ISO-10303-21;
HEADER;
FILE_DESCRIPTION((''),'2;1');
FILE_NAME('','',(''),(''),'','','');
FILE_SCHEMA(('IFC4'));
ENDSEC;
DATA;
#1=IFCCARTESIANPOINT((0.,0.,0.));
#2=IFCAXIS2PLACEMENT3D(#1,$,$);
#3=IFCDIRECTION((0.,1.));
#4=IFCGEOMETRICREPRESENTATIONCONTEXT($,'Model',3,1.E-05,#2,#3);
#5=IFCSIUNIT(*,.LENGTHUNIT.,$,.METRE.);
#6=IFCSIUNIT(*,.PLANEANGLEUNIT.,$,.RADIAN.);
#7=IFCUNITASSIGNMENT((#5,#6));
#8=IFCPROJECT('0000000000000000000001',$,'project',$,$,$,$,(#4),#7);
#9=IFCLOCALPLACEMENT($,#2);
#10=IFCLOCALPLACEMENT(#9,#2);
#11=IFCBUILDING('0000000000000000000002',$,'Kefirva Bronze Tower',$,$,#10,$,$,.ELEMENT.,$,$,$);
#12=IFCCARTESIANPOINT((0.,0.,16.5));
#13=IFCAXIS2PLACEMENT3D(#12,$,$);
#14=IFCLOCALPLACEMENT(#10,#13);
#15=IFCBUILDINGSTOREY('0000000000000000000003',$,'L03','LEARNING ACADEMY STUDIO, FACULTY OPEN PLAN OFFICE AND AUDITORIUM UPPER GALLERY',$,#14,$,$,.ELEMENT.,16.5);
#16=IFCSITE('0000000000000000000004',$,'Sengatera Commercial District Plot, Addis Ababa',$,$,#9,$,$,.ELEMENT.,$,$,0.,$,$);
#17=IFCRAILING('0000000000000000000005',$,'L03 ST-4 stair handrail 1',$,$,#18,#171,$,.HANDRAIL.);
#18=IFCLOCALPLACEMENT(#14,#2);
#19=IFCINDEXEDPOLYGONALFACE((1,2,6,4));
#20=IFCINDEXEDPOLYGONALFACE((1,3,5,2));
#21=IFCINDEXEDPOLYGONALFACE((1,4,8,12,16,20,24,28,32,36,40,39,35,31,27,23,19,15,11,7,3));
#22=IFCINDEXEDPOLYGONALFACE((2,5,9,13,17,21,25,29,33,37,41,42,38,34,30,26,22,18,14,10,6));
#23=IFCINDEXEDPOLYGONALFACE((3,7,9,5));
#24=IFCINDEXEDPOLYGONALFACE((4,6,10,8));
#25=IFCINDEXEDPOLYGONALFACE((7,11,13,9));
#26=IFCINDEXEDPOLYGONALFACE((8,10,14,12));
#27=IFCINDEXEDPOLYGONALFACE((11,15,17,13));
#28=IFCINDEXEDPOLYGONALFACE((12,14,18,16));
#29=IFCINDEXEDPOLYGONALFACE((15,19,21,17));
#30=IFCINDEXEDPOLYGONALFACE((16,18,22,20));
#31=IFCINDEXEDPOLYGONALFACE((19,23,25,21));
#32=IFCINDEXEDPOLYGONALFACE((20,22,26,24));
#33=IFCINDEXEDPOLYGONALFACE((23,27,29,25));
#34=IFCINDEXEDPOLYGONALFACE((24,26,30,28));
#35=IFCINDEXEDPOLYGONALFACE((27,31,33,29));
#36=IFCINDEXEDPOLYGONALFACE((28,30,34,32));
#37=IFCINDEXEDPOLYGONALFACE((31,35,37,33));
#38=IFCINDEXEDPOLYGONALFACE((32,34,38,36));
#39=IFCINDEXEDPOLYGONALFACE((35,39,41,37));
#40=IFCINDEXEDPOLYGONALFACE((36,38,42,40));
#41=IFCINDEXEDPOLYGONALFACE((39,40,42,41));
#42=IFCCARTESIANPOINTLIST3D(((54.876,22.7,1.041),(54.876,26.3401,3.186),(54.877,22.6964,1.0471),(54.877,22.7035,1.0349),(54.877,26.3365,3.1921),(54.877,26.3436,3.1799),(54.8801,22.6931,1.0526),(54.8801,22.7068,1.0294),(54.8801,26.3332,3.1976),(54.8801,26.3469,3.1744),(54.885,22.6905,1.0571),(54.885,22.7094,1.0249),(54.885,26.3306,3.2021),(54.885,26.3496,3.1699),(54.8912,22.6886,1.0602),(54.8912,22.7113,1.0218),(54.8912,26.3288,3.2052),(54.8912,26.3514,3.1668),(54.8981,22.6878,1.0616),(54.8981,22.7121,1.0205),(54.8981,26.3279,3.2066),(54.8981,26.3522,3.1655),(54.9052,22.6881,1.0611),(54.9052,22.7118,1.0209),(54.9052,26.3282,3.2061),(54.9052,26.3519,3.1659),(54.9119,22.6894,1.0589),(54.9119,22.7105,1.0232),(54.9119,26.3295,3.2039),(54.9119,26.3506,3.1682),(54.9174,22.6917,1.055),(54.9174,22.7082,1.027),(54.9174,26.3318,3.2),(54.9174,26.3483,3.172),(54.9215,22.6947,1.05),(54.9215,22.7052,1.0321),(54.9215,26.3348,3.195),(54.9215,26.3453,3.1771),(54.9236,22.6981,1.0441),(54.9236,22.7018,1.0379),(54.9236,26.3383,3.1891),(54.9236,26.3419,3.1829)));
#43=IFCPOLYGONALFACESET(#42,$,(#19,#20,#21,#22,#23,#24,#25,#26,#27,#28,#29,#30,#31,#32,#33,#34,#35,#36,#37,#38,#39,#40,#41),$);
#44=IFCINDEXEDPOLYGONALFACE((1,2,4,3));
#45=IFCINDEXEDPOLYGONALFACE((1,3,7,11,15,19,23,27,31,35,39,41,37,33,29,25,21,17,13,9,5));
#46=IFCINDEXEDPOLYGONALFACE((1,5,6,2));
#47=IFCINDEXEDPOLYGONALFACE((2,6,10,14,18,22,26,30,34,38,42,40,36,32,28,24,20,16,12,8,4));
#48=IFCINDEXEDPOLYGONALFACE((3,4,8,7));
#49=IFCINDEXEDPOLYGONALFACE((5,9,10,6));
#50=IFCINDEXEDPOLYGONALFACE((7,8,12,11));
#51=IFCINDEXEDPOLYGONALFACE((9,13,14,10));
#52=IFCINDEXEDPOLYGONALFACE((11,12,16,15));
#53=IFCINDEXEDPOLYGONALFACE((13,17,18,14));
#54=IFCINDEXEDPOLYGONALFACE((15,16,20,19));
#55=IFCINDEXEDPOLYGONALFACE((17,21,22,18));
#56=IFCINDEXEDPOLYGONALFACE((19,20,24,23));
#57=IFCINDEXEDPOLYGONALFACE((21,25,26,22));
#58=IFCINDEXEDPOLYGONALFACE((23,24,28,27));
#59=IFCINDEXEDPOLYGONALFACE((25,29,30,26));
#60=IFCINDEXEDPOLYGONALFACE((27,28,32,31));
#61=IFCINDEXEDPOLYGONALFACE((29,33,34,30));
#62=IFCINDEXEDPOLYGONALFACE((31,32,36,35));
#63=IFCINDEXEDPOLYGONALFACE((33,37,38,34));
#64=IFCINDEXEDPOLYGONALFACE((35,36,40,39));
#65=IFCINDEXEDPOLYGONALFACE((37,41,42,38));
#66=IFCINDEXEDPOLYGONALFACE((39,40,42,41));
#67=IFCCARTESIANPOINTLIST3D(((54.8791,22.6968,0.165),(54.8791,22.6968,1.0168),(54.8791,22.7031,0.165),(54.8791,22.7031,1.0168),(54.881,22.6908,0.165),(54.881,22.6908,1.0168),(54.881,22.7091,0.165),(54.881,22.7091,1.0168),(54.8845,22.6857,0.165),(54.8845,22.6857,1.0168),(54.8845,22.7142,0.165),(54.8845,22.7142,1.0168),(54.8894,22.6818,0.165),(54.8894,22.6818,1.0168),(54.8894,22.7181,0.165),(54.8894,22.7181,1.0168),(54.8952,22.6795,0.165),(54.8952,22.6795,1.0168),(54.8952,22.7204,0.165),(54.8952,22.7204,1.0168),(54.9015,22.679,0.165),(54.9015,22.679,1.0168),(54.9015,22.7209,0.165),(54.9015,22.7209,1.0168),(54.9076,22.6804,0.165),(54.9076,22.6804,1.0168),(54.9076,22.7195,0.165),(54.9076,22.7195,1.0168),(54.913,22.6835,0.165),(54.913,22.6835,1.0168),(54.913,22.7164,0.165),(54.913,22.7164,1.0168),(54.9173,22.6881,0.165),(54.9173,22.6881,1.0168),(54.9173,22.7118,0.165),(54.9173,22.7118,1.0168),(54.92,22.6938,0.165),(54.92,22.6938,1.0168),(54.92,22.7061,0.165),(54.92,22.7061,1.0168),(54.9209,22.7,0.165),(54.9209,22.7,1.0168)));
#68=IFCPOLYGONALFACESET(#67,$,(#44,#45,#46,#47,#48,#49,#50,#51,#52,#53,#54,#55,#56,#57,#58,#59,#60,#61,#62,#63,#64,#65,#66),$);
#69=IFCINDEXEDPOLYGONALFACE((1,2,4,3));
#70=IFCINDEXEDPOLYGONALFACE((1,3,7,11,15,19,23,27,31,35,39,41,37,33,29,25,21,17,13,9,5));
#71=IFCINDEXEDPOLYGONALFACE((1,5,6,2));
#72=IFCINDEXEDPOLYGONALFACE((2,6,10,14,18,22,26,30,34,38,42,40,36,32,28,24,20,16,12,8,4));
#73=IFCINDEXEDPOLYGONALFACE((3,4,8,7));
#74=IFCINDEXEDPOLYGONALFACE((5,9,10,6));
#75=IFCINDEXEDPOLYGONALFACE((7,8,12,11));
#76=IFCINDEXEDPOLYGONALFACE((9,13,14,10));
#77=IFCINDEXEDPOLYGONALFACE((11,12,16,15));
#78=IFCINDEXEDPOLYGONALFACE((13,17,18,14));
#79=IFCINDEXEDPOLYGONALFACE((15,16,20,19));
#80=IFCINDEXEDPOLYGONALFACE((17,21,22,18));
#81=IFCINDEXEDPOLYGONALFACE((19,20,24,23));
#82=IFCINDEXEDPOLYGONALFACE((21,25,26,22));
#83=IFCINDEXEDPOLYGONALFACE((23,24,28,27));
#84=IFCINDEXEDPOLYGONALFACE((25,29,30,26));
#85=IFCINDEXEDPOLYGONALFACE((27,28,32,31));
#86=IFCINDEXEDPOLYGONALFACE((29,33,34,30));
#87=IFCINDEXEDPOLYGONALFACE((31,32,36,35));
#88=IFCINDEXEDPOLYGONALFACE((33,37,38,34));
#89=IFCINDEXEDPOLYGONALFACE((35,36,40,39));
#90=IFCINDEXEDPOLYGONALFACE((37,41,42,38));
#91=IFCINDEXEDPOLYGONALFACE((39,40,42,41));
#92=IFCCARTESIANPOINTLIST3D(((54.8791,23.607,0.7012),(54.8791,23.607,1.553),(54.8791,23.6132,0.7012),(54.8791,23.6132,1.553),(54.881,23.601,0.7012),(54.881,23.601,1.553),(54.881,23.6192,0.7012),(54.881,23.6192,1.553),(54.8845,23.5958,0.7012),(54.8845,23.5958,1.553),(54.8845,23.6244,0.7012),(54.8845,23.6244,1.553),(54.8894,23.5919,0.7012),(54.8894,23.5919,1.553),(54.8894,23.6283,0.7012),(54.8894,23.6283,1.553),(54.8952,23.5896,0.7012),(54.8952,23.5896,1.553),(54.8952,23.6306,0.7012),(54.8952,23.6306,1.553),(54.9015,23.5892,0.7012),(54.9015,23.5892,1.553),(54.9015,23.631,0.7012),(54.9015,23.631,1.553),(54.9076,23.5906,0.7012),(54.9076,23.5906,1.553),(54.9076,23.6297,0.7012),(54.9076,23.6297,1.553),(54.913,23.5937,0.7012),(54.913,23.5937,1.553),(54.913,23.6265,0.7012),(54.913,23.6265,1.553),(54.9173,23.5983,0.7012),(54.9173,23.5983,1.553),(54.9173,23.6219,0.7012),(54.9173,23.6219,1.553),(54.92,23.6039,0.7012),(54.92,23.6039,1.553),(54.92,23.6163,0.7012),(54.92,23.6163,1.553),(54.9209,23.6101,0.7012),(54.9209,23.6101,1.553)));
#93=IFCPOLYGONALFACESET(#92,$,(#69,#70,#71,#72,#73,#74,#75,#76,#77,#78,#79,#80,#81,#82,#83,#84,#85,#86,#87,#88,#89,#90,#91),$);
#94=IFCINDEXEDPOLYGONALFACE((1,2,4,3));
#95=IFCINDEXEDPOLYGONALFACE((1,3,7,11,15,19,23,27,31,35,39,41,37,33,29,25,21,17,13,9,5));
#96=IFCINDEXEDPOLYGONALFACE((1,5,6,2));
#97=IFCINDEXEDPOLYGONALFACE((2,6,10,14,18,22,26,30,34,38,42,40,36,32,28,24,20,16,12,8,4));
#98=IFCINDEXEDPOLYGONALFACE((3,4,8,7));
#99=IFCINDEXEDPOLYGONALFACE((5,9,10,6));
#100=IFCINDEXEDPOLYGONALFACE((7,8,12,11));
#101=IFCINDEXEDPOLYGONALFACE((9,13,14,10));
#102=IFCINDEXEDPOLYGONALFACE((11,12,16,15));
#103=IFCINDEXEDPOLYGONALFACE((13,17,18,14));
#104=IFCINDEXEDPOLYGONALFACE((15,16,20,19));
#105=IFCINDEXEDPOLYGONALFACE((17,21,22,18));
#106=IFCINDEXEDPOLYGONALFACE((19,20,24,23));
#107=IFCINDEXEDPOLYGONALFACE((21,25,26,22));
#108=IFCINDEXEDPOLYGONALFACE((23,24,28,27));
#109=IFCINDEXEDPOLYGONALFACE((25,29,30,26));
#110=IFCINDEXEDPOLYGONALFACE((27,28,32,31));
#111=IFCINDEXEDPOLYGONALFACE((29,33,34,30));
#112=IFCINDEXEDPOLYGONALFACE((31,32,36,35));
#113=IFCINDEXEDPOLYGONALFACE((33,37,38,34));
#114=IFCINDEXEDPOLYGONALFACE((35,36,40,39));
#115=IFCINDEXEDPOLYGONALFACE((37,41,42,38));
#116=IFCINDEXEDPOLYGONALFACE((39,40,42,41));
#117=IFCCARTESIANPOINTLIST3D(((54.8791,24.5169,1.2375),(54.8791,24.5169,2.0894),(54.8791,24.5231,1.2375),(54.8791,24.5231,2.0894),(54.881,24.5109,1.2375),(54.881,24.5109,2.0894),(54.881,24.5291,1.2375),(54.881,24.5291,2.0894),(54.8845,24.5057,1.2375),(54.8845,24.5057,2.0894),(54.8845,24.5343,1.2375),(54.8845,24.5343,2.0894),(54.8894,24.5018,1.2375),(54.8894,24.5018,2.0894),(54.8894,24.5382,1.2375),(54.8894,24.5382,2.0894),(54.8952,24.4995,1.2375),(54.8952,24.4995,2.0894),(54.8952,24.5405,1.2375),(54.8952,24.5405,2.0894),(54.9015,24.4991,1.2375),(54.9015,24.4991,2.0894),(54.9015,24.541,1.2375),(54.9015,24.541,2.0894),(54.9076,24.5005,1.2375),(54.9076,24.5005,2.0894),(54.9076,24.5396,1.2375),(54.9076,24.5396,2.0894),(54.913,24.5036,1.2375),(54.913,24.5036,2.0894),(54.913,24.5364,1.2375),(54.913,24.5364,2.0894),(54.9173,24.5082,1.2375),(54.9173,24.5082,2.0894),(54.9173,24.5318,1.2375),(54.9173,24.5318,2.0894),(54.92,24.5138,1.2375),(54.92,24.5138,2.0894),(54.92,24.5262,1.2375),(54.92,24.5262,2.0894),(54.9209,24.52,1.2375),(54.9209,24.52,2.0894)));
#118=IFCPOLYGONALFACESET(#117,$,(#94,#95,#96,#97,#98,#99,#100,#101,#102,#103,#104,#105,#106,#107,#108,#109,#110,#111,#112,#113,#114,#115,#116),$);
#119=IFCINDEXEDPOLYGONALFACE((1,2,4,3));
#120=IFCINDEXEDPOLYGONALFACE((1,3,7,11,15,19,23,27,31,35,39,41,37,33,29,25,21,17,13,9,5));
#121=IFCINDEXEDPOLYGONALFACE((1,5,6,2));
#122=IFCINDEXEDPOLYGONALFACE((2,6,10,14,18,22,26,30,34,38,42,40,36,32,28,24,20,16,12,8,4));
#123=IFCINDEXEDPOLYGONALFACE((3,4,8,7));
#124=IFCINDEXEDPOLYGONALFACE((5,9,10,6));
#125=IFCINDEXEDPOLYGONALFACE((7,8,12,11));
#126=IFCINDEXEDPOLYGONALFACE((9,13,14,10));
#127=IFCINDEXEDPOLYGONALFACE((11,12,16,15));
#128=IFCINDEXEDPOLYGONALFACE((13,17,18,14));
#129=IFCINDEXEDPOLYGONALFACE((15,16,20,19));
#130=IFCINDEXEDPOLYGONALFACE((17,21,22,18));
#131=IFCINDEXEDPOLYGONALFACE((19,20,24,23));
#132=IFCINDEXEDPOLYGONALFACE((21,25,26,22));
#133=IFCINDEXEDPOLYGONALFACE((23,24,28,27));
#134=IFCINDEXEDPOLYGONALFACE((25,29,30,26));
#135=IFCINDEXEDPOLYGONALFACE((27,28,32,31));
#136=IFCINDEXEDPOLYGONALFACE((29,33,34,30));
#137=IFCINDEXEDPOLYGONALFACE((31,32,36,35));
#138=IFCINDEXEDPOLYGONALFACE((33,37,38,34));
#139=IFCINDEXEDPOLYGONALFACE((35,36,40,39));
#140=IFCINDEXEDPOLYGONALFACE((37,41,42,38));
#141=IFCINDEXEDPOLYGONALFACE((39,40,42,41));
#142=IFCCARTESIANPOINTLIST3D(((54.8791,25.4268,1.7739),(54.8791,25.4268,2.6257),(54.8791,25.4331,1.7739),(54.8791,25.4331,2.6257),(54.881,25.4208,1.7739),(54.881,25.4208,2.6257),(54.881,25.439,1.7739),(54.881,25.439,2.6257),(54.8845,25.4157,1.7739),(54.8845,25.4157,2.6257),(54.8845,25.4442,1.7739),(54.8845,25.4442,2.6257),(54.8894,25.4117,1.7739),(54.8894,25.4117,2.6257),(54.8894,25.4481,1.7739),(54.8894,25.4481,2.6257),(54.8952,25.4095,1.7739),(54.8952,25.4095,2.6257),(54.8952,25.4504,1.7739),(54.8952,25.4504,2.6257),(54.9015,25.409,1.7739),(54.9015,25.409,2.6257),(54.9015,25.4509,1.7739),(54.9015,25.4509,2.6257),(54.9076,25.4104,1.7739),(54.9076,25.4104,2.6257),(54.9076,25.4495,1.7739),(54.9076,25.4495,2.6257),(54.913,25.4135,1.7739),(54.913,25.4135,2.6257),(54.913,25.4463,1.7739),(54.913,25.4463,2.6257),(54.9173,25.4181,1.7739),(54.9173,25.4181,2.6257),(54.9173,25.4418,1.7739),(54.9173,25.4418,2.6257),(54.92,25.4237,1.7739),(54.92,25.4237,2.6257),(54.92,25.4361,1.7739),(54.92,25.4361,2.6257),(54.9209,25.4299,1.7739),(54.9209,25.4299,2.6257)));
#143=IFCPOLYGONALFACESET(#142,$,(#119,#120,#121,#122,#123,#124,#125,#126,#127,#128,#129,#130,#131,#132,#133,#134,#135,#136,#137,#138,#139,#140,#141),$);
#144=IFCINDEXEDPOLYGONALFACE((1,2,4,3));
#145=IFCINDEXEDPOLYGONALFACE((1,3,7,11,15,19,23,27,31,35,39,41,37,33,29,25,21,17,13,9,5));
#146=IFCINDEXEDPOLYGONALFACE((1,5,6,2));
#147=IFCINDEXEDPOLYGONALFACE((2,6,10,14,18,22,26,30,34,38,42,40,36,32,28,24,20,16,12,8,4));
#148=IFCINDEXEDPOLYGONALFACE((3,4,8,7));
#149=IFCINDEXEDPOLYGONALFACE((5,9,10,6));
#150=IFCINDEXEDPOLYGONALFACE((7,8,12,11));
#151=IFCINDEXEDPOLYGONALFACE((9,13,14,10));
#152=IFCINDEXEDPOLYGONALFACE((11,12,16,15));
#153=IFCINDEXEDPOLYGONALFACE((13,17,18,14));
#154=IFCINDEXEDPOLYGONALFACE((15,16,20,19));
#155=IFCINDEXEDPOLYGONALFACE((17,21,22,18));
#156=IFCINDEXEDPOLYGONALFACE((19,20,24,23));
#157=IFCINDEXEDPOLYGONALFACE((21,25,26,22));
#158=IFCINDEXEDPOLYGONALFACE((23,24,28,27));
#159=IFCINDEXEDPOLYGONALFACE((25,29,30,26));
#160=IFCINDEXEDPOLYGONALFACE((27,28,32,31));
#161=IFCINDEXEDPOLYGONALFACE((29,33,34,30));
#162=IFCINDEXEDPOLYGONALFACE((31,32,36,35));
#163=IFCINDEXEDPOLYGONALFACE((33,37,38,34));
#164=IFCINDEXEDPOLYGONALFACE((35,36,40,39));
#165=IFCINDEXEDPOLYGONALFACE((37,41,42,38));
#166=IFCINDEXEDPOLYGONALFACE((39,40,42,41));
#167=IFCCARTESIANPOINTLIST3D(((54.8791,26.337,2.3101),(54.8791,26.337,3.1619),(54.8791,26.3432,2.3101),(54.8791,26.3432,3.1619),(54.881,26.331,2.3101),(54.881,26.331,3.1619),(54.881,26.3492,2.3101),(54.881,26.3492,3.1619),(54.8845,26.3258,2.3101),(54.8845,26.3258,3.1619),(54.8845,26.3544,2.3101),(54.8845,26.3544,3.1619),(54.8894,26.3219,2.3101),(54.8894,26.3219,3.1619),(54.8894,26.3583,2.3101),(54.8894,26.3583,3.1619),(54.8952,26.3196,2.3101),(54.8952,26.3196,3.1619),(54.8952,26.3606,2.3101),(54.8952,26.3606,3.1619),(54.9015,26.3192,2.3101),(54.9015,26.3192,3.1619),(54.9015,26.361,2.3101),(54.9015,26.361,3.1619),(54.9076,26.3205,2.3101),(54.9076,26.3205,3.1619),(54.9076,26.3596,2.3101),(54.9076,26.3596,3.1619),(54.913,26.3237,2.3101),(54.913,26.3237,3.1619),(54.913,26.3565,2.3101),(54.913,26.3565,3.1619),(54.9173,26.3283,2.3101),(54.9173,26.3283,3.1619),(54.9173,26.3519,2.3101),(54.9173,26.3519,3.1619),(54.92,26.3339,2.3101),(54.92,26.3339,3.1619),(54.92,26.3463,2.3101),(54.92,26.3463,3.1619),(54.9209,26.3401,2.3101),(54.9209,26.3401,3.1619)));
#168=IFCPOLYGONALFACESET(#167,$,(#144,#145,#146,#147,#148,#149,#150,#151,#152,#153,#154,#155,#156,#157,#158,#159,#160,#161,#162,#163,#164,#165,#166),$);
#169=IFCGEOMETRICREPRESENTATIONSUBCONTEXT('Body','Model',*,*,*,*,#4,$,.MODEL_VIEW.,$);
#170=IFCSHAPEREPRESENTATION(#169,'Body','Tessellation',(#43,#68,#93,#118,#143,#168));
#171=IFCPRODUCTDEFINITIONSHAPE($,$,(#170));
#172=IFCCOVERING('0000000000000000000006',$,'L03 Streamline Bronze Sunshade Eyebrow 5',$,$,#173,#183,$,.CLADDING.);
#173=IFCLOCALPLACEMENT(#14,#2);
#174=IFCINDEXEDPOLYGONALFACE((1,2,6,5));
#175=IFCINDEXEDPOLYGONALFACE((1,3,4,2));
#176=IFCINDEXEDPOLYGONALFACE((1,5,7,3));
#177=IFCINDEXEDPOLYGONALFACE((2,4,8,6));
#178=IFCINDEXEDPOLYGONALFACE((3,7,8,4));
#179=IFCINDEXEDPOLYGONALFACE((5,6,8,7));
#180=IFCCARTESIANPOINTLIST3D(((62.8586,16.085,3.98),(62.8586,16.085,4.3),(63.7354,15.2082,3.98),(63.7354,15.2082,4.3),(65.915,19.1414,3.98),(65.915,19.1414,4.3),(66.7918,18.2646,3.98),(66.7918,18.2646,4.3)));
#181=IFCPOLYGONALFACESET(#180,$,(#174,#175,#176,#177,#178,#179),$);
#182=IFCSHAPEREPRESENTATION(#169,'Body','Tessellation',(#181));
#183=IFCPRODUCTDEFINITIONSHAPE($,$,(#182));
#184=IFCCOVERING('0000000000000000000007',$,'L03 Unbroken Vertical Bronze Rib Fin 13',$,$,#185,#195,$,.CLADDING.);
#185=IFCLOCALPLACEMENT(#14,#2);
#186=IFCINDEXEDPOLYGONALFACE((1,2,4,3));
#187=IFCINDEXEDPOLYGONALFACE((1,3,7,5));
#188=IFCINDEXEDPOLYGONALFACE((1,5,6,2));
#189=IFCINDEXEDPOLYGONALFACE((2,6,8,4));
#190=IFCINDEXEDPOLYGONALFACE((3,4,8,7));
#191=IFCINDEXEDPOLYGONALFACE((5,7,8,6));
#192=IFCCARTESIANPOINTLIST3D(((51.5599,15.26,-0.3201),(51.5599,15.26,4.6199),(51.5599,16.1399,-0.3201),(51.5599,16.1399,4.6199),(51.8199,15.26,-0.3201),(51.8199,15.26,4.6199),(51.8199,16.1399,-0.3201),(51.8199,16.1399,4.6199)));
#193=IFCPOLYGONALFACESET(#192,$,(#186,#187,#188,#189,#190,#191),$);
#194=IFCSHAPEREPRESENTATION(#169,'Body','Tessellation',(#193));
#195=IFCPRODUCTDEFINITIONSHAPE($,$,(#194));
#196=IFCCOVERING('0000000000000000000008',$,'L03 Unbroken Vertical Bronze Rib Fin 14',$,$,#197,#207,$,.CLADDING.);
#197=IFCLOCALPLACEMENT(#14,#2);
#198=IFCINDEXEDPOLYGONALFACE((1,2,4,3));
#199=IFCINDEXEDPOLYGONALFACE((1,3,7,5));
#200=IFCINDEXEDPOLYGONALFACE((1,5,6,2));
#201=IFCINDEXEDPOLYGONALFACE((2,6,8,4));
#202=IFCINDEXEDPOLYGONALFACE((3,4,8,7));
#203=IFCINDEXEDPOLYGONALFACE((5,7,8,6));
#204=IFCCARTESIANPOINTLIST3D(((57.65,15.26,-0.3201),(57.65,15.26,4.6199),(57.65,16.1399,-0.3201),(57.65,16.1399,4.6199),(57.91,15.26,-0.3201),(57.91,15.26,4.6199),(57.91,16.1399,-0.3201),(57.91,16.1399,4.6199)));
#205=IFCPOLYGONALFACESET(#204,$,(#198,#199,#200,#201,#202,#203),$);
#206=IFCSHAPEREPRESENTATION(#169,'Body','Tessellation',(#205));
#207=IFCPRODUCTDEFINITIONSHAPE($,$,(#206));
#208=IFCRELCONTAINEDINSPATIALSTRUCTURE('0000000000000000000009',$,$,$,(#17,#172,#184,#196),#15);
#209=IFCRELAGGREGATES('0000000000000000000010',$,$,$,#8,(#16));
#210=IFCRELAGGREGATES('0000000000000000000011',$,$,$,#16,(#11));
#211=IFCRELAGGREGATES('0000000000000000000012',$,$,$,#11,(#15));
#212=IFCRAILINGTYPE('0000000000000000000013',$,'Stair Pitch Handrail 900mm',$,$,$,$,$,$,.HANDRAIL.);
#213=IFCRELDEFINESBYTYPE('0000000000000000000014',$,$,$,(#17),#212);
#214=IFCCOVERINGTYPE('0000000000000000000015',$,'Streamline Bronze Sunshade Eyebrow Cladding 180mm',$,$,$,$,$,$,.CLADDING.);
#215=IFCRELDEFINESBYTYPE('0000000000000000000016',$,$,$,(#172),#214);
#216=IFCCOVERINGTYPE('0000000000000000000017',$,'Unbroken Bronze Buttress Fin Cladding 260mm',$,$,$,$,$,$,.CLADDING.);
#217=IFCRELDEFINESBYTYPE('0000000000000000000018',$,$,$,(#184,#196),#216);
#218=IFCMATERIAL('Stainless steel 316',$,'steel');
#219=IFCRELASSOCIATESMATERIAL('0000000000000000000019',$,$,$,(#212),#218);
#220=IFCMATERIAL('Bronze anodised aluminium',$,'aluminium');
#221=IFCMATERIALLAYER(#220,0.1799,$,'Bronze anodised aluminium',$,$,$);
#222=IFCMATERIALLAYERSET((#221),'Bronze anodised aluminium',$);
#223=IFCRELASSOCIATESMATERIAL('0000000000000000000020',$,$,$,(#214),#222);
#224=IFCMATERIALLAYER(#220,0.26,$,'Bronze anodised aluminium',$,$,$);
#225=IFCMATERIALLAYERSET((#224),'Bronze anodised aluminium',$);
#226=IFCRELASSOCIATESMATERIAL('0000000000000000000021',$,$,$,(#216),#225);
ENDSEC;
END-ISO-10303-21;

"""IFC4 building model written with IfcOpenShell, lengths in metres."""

from ifc_helpers import new_model, si_unit, direction, frame, origin, origin_2d, place, context, subcontext, project, spatial, rectangle, circle, extrude, material, layer, layer_set, type_object, element, save


model = new_model("IFC4")

# Units and contexts
model_context = context("Model", 3, precision=1e-05, world=origin(), true_north=direction((0.0, 1.0)))
body_context = subcontext(model_context, "Body", "Model", "MODEL_VIEW")
ifc_project = project(units=[si_unit("LENGTHUNIT", "METRE"), si_unit("PLANEANGLEUNIT", "RADIAN")], contexts=[model_context])

# Site, building, storey
site_placement = place(None, origin())
site = spatial("IfcSite", under=ifc_project, at=site_placement, Name="Sengatera Commercial District Plot, Addis Ababa", CompositionType="ELEMENT", RefElevation=0.0)
building_placement = place(site_placement, origin())
building = spatial("IfcBuilding", under=site, at=building_placement, Name="Kefirva Bronze Tower", CompositionType="ELEMENT")
storey_placement = place(building_placement, frame((0.0, 0.0, 16.5)))
storey = spatial("IfcBuildingStorey", under=building, at=storey_placement, Name="L03", Description="LEARNING ACADEMY STUDIO, FACULTY OPEN PLAN OFFICE AND AUDITORIUM UPPER GALLERY", CompositionType="ELEMENT", Elevation=16.5)

# Shared definitions
ifc_material_1 = material(Name="Bronze anodised aluminium", Category="aluminium")

# Railing
ifc_material_2 = material(Name="Stainless steel 316", Category="steel")
railing_type_1 = type_object("IfcRailingType", Name="Stair Pitch Handrail 900mm", PredefinedType="HANDRAIL", material=ifc_material_2)
railing_1_placement = place(storey_placement, frame((54.8999, 22.7, 0.165)))
element("IfcRailing", 1, at=railing_1_placement, inside=storey, type_object=railing_type_1, Name="L03 ST-4 stair handrail 1", PredefinedType="HANDRAIL", context=body_context, shape_type="SweptSolid", body=[
    extrude(circle(Radius=0.0239, at=origin_2d()), frame((0.0, 0.0, 0.876), z_axis=(0.0, 0.861545, 0.507682), x_axis=(-1.0, 0.0, 0.0)), (0.0, 0.0, 1.0), 4.2251),
    extrude(circle(Radius=0.021, at=origin_2d()), origin(), (0.0, 0.0, 1.0), 0.8518),
    extrude(circle(Radius=0.021, at=origin_2d()), frame((0.0, 0.9102, 0.5361)), (0.0, 0.0, 1.0), 0.8518),
    extrude(circle(Radius=0.021, at=origin_2d()), frame((0.0, 1.8201, 1.0725)), (0.0, 0.0, 1.0), 0.8518),
    extrude(circle(Radius=0.021, at=origin_2d()), frame((0.0, 2.73, 1.6089)), (0.0, 0.0, 1.0), 0.8518),
    extrude(circle(Radius=0.021, at=origin_2d()), frame((0.0, 3.6401, 2.145)), (0.0, 0.0, 1.0), 0.8518),
])

# Coverings
ifc_layer_1 = layer(ifc_material_1, 0.1799, Name="Bronze anodised aluminium")
ifc_layer_set_1 = layer_set([ifc_layer_1], Name="Bronze anodised aluminium")
covering_type_1 = type_object("IfcCoveringType", Name="Streamline Bronze Sunshade Eyebrow Cladding 180mm", PredefinedType="CLADDING", material=ifc_layer_set_1)
covering_1_placement = place(storey_placement, frame((64.8252, 17.1748, 3.98), z_axis=(0.0, 0.0, 1.0), x_axis=(0.707107, 0.707107, 0.0)))
element("IfcCovering", 2, at=covering_1_placement, inside=storey, type_object=covering_type_1, Name="L03 Streamline Bronze Sunshade Eyebrow 5", PredefinedType="CLADDING", context=body_context, shape_type="SweptSolid", body=[
    extrude(rectangle(XDim=4.3225, YDim=1.24, at=origin_2d()), origin(), (0.0, 0.0, 1.0), 0.3201),
])
ifc_layer_2 = layer(ifc_material_1, 0.26, Name="Bronze anodised aluminium")
ifc_layer_set_2 = layer_set([ifc_layer_2], Name="Bronze anodised aluminium")
covering_type_2 = type_object("IfcCoveringType", Name="Unbroken Bronze Buttress Fin Cladding 260mm", PredefinedType="CLADDING", material=ifc_layer_set_2)
for number, where, z_axis, x_axis, name in (
    (3, (51.6899, 15.7, -0.3201), (0.0, 0.0, 1.0), (1.0, 0.0, 0.0), "L03 Unbroken Vertical Bronze Rib Fin 13"),
    (4, (57.78, 15.7, -0.3201), (0.0, 0.0, 1.0), (1.0, 0.0, 0.0), "L03 Unbroken Vertical Bronze Rib Fin 14"),
):
    element("IfcCovering", number, at=place(storey_placement, frame(where, z_axis=z_axis, x_axis=x_axis)), inside=storey, type_object=covering_type_2, Name=name, PredefinedType="CLADDING", context=body_context, shape_type="SweptSolid", body=[
        extrude(rectangle(XDim=0.26, YDim=0.8799, at=origin_2d()), origin(), (0.0, 0.0, 1.0), 4.9399),
    ])

save(model, "model.ifc")
